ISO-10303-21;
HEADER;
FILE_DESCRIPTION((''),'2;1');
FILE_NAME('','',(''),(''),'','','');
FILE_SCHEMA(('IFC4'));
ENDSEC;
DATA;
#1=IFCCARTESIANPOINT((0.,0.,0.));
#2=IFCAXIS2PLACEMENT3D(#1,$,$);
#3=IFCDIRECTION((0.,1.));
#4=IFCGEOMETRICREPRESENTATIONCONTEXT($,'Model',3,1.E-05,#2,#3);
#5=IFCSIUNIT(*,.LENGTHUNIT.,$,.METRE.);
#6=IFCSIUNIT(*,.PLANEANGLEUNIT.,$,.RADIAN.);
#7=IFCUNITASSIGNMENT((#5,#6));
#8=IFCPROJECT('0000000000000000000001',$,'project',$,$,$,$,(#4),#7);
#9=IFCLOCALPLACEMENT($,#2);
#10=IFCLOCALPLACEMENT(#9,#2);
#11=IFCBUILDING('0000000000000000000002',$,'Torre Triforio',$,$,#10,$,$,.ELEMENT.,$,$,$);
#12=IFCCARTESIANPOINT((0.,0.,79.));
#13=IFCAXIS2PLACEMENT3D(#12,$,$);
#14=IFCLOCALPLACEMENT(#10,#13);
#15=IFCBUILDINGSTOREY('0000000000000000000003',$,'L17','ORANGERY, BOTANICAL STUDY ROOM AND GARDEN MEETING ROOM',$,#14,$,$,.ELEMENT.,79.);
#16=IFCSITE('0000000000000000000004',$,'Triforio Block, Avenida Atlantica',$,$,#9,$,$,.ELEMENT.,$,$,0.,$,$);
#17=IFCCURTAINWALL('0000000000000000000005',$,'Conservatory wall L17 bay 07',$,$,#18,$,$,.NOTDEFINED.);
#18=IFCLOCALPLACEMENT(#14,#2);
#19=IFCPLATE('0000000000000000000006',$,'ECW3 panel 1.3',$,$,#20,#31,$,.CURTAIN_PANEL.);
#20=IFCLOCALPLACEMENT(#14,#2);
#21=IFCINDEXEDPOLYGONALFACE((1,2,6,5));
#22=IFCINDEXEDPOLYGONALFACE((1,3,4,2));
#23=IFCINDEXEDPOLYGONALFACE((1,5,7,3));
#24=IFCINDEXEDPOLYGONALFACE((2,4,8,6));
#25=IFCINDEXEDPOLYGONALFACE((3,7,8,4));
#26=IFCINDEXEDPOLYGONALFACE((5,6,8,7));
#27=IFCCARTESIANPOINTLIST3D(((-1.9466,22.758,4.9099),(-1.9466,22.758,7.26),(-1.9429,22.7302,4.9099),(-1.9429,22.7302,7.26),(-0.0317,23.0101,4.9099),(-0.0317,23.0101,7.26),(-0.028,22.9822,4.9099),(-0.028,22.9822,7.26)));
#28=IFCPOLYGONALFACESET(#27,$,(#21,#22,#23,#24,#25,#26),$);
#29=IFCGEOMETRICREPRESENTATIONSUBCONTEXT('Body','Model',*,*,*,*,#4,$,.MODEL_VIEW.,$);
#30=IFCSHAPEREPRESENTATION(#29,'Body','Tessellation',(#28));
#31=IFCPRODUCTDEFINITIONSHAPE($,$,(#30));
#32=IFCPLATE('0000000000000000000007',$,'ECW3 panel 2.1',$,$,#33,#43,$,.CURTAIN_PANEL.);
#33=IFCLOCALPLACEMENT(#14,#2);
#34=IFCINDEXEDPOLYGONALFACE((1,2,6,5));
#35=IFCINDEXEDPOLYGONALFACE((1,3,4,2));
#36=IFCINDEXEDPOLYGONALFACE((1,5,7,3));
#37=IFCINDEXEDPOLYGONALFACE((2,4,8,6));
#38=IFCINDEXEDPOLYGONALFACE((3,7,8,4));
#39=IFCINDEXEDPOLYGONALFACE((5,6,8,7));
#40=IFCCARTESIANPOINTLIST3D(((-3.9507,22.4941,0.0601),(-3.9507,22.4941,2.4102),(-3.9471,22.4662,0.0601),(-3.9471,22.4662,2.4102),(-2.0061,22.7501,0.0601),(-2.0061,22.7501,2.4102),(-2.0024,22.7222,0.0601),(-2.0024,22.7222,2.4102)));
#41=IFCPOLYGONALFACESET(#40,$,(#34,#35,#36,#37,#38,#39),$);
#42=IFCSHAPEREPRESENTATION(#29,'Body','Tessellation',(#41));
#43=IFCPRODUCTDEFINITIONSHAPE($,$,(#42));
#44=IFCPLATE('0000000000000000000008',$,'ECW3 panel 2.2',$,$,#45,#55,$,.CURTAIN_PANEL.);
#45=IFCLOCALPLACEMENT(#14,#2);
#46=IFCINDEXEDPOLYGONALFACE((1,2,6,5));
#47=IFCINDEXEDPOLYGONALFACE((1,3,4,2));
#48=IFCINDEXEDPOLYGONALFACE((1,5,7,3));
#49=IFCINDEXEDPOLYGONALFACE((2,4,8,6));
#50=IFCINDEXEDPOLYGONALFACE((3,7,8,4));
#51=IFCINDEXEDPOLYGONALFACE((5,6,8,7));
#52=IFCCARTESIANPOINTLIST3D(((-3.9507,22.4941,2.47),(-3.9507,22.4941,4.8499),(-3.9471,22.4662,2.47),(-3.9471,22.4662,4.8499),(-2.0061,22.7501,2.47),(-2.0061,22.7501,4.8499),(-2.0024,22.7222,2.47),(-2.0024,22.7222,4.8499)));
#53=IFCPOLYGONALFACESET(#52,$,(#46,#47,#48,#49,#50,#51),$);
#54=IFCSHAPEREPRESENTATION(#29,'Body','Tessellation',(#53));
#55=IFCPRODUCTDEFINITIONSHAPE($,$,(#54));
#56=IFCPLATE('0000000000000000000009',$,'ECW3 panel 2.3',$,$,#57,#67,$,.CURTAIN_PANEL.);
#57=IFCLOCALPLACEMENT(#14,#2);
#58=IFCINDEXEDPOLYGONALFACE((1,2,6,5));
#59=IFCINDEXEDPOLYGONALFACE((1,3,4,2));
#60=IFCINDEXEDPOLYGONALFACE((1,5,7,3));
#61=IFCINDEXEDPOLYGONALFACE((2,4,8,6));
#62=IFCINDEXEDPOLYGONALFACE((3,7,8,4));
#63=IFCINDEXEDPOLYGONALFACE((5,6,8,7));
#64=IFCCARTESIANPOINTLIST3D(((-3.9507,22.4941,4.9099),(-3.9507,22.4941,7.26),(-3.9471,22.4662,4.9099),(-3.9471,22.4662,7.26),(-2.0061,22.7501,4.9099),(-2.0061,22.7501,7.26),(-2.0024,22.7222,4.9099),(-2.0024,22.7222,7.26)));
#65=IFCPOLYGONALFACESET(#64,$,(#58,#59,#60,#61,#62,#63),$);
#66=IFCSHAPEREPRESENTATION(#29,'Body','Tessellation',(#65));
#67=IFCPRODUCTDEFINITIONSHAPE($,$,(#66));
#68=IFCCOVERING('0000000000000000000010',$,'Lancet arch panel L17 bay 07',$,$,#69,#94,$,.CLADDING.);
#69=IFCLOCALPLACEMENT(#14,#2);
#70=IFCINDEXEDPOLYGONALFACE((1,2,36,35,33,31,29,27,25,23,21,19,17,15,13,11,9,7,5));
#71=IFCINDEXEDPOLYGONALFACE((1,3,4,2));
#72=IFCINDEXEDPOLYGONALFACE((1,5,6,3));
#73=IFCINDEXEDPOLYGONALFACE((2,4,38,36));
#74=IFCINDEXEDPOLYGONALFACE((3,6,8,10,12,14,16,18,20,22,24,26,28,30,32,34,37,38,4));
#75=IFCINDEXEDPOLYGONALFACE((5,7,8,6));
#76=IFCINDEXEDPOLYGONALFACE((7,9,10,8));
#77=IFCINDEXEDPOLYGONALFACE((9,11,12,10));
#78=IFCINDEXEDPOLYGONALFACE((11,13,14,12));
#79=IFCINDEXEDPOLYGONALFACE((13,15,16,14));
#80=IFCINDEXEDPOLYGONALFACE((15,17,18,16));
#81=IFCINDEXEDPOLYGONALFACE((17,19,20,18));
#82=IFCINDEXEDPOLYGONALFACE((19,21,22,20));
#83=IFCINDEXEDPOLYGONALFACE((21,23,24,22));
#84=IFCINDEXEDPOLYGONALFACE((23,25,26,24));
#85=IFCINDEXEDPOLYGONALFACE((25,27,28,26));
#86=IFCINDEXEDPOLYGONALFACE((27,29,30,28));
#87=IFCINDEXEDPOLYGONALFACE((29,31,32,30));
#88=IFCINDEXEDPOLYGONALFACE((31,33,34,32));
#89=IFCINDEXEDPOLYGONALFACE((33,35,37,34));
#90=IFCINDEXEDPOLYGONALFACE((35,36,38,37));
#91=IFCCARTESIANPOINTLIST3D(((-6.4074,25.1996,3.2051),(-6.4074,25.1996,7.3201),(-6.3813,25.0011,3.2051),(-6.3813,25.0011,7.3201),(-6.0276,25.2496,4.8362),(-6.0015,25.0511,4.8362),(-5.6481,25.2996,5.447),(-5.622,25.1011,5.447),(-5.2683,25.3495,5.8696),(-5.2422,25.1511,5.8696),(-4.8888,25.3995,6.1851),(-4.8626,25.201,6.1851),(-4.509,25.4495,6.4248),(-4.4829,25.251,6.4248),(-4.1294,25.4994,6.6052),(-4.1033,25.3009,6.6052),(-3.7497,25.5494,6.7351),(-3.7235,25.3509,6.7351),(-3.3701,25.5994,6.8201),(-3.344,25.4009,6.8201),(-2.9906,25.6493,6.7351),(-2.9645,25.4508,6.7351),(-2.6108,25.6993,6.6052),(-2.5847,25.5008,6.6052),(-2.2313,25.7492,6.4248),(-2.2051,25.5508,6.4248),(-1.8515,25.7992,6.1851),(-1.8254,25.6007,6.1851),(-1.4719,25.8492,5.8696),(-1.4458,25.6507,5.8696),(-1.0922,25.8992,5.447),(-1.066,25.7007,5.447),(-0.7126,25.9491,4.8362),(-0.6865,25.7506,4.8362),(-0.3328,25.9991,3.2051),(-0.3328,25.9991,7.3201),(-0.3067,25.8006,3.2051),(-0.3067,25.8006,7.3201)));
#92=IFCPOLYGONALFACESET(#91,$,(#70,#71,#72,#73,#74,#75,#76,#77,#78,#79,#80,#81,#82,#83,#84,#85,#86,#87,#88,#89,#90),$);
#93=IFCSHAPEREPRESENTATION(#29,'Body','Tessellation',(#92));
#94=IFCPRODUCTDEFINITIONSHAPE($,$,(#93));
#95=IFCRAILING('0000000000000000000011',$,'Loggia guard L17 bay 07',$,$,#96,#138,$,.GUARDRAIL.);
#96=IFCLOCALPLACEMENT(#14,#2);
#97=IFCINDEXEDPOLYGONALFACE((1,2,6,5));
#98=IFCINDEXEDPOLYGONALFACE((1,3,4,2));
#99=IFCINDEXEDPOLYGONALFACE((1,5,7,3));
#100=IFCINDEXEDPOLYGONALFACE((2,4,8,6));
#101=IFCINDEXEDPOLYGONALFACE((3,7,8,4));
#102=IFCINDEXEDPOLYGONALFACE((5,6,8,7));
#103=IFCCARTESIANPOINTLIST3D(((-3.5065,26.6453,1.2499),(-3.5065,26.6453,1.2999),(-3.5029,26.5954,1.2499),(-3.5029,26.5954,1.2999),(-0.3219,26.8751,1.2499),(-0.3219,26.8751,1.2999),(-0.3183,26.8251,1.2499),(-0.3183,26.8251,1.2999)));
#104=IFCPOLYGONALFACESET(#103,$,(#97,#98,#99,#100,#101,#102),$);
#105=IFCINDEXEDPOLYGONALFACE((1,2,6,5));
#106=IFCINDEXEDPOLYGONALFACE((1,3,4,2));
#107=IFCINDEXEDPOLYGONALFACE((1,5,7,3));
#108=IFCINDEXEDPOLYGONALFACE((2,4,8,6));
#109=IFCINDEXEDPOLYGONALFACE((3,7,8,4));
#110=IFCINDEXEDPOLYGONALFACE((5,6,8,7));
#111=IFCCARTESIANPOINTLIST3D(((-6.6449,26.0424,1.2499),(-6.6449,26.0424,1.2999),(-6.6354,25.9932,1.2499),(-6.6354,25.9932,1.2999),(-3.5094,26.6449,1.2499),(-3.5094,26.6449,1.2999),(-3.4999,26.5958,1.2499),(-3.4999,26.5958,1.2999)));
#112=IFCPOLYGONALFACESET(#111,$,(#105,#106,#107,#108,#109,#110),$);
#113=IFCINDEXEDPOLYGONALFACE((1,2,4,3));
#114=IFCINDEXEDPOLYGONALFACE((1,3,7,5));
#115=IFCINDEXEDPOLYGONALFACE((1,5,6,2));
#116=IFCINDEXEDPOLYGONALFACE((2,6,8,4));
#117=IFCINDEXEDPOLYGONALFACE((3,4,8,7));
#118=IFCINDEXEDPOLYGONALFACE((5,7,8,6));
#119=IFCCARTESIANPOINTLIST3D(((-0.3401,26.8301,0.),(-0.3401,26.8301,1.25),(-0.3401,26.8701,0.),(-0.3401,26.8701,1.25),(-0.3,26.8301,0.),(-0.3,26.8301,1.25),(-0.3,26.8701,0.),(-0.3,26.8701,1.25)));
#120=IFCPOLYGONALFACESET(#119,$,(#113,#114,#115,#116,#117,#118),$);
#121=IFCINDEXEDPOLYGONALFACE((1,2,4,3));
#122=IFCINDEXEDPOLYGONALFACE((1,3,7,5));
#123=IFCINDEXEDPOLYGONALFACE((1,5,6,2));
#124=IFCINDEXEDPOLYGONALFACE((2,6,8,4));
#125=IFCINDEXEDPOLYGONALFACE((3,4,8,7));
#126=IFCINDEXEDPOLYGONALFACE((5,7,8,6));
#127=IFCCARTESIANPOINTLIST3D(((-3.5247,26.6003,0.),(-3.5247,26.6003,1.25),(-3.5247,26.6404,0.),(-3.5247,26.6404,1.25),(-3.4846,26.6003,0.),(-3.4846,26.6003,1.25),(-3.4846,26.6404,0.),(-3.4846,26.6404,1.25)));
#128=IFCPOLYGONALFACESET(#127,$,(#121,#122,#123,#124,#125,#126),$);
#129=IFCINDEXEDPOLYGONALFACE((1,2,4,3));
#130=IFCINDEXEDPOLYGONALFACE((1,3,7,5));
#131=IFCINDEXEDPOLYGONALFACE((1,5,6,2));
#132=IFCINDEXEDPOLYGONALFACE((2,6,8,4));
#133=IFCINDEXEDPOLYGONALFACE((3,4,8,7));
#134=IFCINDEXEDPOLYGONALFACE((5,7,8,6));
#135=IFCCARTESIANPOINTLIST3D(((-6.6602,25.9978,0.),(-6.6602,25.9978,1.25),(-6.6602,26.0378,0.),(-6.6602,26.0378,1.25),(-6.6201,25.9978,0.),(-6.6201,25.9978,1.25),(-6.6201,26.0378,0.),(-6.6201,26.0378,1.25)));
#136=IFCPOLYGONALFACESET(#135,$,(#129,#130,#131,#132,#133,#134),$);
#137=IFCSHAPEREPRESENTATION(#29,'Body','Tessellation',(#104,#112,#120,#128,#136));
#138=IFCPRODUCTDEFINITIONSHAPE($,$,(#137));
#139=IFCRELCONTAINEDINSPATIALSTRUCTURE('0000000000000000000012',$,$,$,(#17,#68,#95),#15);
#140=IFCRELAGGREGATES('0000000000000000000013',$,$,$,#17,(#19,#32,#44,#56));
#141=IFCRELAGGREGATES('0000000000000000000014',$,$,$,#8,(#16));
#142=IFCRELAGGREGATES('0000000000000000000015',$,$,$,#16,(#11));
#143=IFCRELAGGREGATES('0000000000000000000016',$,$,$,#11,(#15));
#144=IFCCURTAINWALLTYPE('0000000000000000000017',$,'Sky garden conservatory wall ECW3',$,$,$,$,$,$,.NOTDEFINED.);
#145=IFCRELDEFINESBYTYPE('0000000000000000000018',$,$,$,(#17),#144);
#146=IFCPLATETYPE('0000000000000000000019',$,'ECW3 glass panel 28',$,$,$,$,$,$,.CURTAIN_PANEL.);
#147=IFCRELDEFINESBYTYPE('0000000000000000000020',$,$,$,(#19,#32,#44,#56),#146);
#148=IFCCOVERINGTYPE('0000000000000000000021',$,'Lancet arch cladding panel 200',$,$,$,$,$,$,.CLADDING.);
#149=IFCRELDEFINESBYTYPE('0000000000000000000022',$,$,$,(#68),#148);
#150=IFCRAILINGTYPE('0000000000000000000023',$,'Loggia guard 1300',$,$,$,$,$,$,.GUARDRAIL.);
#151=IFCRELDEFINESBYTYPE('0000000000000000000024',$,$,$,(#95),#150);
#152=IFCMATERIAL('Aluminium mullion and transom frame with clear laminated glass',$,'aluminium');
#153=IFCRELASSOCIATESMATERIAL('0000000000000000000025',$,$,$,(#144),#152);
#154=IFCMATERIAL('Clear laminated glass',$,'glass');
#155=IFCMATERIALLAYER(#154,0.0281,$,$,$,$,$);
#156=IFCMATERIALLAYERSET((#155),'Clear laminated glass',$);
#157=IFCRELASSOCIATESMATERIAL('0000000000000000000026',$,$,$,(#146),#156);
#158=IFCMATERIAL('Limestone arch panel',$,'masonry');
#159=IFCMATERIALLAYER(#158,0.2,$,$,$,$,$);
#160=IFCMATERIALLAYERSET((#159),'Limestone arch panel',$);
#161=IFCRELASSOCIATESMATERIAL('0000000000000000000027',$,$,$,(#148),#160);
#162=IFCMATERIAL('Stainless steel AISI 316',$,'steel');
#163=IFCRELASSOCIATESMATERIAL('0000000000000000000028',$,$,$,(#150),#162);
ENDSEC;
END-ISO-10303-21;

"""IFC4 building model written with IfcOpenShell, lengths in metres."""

from ifc_helpers import new_model, si_unit, direction, frame, origin, origin_2d, place, context, subcontext, project, spatial, polyline, rectangle, outline, extrude, material, layer, layer_set, type_object, element, aggregate, save


model = new_model("IFC4")

# Units and contexts
model_context = context("Model", 3, precision=1e-05, world=origin(), true_north=direction((0.0, 1.0)))
body_context = subcontext(model_context, "Body", "Model", "MODEL_VIEW")
ifc_project = project(units=[si_unit("LENGTHUNIT", "METRE"), si_unit("PLANEANGLEUNIT", "RADIAN")], contexts=[model_context])

# Site, building, storey
site_placement = place(None, origin())
site = spatial("IfcSite", under=ifc_project, at=site_placement, Name="Triforio Block, Avenida Atlantica", CompositionType="ELEMENT", RefElevation=0.0)
building_placement = place(site_placement, origin())
building = spatial("IfcBuilding", under=site, at=building_placement, Name="Torre Triforio", CompositionType="ELEMENT")
storey_placement = place(building_placement, frame((0.0, 0.0, 79.0)))
storey = spatial("IfcBuildingStorey", under=building, at=storey_placement, Name="L17", Description="ORANGERY, BOTANICAL STUDY ROOM AND GARDEN MEETING ROOM", CompositionType="ELEMENT", Elevation=79.0)

# Curtain wall
ifc_material_1 = material(Name="Aluminium mullion and transom frame with clear laminated glass", Category="aluminium")
curtain_wall_type = type_object("IfcCurtainWallType", Name="Sky garden conservatory wall ECW3", PredefinedType="NOTDEFINED", material=ifc_material_1)
curtain_wall_placement = place(storey_placement, origin())
curtain_wall = element("IfcCurtainWall", 1, at=curtain_wall_placement, inside=storey, type_object=curtain_wall_type, Name="Conservatory wall L17 bay 07", PredefinedType="NOTDEFINED")

# Plates
ifc_material_2 = material(Name="Clear laminated glass", Category="glass")
ifc_layer_1 = layer(ifc_material_2, 0.0281)
ifc_layer_set_1 = layer_set([ifc_layer_1], Name="Clear laminated glass")
plate_type = type_object("IfcPlateType", Name="ECW3 glass panel 28", PredefinedType="CURTAIN_PANEL", material=ifc_layer_set_1)
plate_1_placement = place(storey_placement, frame((-0.9873, 22.8701, 4.9099), z_axis=(0.0, 0.0, 1.0), x_axis=(-0.991446, -0.130521, 0.0)))
plate_1 = element("IfcPlate", 2, at=plate_1_placement, type_object=plate_type, Name="ECW3 panel 1.3", PredefinedType="CURTAIN_PANEL", context=body_context, shape_type="SweptSolid", body=[
    extrude(rectangle(XDim=1.9314, YDim=0.0281, at=origin_2d()), origin(), (0.0, 0.0, 1.0), 2.3501),
])
plate_2_placement = place(storey_placement, frame((-2.9766, 22.6082, 0.0601), z_axis=(0.0, 0.0, 1.0), x_axis=(-0.991446, -0.130521, 0.0)))
plate_2 = element("IfcPlate", 3, at=plate_2_placement, type_object=plate_type, Name="ECW3 panel 2.1", PredefinedType="CURTAIN_PANEL", context=body_context, shape_type="SweptSolid", body=[
    extrude(rectangle(XDim=1.9614, YDim=0.0281, at=origin_2d()), origin(), (0.0, 0.0, 1.0), 2.3501),
])
plate_3_placement = place(storey_placement, frame((-2.9766, 22.6082, 2.47), z_axis=(0.0, 0.0, 1.0), x_axis=(-0.991446, -0.130521, 0.0)))
plate_3 = element("IfcPlate", 4, at=plate_3_placement, type_object=plate_type, Name="ECW3 panel 2.2", PredefinedType="CURTAIN_PANEL", context=body_context, shape_type="SweptSolid", body=[
    extrude(rectangle(XDim=1.9614, YDim=0.0281, at=origin_2d()), origin(), (0.0, 0.0, 1.0), 2.3799),
])
plate_4_placement = place(storey_placement, frame((-2.9766, 22.6082, 4.9099), z_axis=(0.0, 0.0, 1.0), x_axis=(-0.991446, -0.130521, 0.0)))
plate_4 = element("IfcPlate", 5, at=plate_4_placement, type_object=plate_type, Name="ECW3 panel 2.3", PredefinedType="CURTAIN_PANEL", context=body_context, shape_type="SweptSolid", body=[
    extrude(rectangle(XDim=1.9614, YDim=0.0281, at=origin_2d()), origin(), (0.0, 0.0, 1.0), 2.3501),
])
aggregate(curtain_wall, [plate_1, plate_2, plate_3, plate_4])

# Covering
ifc_material_3 = material(Name="Limestone arch panel", Category="masonry")
ifc_layer_2 = layer(ifc_material_3, 0.2)
ifc_layer_set_2 = layer_set([ifc_layer_2], Name="Limestone arch panel")
covering_type = type_object("IfcCoveringType", Name="Lancet arch cladding panel 200", PredefinedType="CLADDING", material=ifc_layer_set_2)
covering_placement = place(storey_placement, frame((-3.344, 25.4009, 0.0), z_axis=(-0.130486, 0.99145, 0.0), x_axis=(-0.99145, -0.130486, 0.0)))
element("IfcCovering", 6, at=covering_placement, inside=storey, type_object=covering_type, Name="Lancet arch panel L17 bay 07", PredefinedType="CLADDING", context=body_context, shape_type="SweptSolid", body=[
    extrude(outline(polyline([(-3.0635, 7.3201), (-3.0635, 3.2051), (-2.6804, 4.8362), (-2.2976, 5.447), (-1.9146, 5.8696), (-1.5317, 6.1851), (-1.1487, 6.4248), (-0.7659, 6.6052), (-0.3828, 6.7351), (0.0, 6.8201), (0.3828, 6.7351), (0.7659, 6.6052), (1.1487, 6.4248), (1.5317, 6.1851), (1.9146, 5.8696), (2.2976, 5.447), (2.6804, 4.8362), (3.0635, 3.2051), (3.0635, 7.3201), (-3.0635, 7.3201)])), origin(), (0.0, 0.0, 1.0), 0.2002),
])

# Railing
ifc_material_4 = material(Name="Stainless steel AISI 316", Category="steel")
railing_type = type_object("IfcRailingType", Name="Loggia guard 1300", PredefinedType="GUARDRAIL", material=ifc_material_4)
railing_placement = place(storey_placement, frame((-0.3201, 26.8501, 0.0)))
element("IfcRailing", 7, at=railing_placement, inside=storey, type_object=railing_type, Name="Loggia guard L17 bay 07", PredefinedType="GUARDRAIL", context=body_context, shape_type="SweptSolid", body=[
    extrude(rectangle(XDim=0.05, YDim=0.05, at=origin_2d()), frame((0.0, 0.0, 1.2749), z_axis=(-0.997408, -0.071953, 0.0), x_axis=(0.071953, -0.997408, 0.0)), (0.0, 0.0, 1.0), 3.1929),
    extrude(rectangle(XDim=0.05, YDim=0.05, at=origin_2d()), frame((-3.1846, -0.2297, 1.2749), z_axis=(-0.982032, -0.188714, 0.0), x_axis=(0.188714, -0.982032, 0.0)), (0.0, 0.0, 1.0), 3.1929),
    extrude(rectangle(XDim=0.04, YDim=0.04, at=origin_2d()), origin(), (0.0, 0.0, 1.0), 1.25),
    extrude(rectangle(XDim=0.04, YDim=0.04, at=origin_2d()), frame((-3.1846, -0.2297, 0.0)), (0.0, 0.0, 1.0), 1.25),
    extrude(rectangle(XDim=0.04, YDim=0.04, at=origin_2d()), frame((-6.3201, -0.8323, 0.0)), (0.0, 0.0, 1.0), 1.25),
])

save(model, "model.ifc")
